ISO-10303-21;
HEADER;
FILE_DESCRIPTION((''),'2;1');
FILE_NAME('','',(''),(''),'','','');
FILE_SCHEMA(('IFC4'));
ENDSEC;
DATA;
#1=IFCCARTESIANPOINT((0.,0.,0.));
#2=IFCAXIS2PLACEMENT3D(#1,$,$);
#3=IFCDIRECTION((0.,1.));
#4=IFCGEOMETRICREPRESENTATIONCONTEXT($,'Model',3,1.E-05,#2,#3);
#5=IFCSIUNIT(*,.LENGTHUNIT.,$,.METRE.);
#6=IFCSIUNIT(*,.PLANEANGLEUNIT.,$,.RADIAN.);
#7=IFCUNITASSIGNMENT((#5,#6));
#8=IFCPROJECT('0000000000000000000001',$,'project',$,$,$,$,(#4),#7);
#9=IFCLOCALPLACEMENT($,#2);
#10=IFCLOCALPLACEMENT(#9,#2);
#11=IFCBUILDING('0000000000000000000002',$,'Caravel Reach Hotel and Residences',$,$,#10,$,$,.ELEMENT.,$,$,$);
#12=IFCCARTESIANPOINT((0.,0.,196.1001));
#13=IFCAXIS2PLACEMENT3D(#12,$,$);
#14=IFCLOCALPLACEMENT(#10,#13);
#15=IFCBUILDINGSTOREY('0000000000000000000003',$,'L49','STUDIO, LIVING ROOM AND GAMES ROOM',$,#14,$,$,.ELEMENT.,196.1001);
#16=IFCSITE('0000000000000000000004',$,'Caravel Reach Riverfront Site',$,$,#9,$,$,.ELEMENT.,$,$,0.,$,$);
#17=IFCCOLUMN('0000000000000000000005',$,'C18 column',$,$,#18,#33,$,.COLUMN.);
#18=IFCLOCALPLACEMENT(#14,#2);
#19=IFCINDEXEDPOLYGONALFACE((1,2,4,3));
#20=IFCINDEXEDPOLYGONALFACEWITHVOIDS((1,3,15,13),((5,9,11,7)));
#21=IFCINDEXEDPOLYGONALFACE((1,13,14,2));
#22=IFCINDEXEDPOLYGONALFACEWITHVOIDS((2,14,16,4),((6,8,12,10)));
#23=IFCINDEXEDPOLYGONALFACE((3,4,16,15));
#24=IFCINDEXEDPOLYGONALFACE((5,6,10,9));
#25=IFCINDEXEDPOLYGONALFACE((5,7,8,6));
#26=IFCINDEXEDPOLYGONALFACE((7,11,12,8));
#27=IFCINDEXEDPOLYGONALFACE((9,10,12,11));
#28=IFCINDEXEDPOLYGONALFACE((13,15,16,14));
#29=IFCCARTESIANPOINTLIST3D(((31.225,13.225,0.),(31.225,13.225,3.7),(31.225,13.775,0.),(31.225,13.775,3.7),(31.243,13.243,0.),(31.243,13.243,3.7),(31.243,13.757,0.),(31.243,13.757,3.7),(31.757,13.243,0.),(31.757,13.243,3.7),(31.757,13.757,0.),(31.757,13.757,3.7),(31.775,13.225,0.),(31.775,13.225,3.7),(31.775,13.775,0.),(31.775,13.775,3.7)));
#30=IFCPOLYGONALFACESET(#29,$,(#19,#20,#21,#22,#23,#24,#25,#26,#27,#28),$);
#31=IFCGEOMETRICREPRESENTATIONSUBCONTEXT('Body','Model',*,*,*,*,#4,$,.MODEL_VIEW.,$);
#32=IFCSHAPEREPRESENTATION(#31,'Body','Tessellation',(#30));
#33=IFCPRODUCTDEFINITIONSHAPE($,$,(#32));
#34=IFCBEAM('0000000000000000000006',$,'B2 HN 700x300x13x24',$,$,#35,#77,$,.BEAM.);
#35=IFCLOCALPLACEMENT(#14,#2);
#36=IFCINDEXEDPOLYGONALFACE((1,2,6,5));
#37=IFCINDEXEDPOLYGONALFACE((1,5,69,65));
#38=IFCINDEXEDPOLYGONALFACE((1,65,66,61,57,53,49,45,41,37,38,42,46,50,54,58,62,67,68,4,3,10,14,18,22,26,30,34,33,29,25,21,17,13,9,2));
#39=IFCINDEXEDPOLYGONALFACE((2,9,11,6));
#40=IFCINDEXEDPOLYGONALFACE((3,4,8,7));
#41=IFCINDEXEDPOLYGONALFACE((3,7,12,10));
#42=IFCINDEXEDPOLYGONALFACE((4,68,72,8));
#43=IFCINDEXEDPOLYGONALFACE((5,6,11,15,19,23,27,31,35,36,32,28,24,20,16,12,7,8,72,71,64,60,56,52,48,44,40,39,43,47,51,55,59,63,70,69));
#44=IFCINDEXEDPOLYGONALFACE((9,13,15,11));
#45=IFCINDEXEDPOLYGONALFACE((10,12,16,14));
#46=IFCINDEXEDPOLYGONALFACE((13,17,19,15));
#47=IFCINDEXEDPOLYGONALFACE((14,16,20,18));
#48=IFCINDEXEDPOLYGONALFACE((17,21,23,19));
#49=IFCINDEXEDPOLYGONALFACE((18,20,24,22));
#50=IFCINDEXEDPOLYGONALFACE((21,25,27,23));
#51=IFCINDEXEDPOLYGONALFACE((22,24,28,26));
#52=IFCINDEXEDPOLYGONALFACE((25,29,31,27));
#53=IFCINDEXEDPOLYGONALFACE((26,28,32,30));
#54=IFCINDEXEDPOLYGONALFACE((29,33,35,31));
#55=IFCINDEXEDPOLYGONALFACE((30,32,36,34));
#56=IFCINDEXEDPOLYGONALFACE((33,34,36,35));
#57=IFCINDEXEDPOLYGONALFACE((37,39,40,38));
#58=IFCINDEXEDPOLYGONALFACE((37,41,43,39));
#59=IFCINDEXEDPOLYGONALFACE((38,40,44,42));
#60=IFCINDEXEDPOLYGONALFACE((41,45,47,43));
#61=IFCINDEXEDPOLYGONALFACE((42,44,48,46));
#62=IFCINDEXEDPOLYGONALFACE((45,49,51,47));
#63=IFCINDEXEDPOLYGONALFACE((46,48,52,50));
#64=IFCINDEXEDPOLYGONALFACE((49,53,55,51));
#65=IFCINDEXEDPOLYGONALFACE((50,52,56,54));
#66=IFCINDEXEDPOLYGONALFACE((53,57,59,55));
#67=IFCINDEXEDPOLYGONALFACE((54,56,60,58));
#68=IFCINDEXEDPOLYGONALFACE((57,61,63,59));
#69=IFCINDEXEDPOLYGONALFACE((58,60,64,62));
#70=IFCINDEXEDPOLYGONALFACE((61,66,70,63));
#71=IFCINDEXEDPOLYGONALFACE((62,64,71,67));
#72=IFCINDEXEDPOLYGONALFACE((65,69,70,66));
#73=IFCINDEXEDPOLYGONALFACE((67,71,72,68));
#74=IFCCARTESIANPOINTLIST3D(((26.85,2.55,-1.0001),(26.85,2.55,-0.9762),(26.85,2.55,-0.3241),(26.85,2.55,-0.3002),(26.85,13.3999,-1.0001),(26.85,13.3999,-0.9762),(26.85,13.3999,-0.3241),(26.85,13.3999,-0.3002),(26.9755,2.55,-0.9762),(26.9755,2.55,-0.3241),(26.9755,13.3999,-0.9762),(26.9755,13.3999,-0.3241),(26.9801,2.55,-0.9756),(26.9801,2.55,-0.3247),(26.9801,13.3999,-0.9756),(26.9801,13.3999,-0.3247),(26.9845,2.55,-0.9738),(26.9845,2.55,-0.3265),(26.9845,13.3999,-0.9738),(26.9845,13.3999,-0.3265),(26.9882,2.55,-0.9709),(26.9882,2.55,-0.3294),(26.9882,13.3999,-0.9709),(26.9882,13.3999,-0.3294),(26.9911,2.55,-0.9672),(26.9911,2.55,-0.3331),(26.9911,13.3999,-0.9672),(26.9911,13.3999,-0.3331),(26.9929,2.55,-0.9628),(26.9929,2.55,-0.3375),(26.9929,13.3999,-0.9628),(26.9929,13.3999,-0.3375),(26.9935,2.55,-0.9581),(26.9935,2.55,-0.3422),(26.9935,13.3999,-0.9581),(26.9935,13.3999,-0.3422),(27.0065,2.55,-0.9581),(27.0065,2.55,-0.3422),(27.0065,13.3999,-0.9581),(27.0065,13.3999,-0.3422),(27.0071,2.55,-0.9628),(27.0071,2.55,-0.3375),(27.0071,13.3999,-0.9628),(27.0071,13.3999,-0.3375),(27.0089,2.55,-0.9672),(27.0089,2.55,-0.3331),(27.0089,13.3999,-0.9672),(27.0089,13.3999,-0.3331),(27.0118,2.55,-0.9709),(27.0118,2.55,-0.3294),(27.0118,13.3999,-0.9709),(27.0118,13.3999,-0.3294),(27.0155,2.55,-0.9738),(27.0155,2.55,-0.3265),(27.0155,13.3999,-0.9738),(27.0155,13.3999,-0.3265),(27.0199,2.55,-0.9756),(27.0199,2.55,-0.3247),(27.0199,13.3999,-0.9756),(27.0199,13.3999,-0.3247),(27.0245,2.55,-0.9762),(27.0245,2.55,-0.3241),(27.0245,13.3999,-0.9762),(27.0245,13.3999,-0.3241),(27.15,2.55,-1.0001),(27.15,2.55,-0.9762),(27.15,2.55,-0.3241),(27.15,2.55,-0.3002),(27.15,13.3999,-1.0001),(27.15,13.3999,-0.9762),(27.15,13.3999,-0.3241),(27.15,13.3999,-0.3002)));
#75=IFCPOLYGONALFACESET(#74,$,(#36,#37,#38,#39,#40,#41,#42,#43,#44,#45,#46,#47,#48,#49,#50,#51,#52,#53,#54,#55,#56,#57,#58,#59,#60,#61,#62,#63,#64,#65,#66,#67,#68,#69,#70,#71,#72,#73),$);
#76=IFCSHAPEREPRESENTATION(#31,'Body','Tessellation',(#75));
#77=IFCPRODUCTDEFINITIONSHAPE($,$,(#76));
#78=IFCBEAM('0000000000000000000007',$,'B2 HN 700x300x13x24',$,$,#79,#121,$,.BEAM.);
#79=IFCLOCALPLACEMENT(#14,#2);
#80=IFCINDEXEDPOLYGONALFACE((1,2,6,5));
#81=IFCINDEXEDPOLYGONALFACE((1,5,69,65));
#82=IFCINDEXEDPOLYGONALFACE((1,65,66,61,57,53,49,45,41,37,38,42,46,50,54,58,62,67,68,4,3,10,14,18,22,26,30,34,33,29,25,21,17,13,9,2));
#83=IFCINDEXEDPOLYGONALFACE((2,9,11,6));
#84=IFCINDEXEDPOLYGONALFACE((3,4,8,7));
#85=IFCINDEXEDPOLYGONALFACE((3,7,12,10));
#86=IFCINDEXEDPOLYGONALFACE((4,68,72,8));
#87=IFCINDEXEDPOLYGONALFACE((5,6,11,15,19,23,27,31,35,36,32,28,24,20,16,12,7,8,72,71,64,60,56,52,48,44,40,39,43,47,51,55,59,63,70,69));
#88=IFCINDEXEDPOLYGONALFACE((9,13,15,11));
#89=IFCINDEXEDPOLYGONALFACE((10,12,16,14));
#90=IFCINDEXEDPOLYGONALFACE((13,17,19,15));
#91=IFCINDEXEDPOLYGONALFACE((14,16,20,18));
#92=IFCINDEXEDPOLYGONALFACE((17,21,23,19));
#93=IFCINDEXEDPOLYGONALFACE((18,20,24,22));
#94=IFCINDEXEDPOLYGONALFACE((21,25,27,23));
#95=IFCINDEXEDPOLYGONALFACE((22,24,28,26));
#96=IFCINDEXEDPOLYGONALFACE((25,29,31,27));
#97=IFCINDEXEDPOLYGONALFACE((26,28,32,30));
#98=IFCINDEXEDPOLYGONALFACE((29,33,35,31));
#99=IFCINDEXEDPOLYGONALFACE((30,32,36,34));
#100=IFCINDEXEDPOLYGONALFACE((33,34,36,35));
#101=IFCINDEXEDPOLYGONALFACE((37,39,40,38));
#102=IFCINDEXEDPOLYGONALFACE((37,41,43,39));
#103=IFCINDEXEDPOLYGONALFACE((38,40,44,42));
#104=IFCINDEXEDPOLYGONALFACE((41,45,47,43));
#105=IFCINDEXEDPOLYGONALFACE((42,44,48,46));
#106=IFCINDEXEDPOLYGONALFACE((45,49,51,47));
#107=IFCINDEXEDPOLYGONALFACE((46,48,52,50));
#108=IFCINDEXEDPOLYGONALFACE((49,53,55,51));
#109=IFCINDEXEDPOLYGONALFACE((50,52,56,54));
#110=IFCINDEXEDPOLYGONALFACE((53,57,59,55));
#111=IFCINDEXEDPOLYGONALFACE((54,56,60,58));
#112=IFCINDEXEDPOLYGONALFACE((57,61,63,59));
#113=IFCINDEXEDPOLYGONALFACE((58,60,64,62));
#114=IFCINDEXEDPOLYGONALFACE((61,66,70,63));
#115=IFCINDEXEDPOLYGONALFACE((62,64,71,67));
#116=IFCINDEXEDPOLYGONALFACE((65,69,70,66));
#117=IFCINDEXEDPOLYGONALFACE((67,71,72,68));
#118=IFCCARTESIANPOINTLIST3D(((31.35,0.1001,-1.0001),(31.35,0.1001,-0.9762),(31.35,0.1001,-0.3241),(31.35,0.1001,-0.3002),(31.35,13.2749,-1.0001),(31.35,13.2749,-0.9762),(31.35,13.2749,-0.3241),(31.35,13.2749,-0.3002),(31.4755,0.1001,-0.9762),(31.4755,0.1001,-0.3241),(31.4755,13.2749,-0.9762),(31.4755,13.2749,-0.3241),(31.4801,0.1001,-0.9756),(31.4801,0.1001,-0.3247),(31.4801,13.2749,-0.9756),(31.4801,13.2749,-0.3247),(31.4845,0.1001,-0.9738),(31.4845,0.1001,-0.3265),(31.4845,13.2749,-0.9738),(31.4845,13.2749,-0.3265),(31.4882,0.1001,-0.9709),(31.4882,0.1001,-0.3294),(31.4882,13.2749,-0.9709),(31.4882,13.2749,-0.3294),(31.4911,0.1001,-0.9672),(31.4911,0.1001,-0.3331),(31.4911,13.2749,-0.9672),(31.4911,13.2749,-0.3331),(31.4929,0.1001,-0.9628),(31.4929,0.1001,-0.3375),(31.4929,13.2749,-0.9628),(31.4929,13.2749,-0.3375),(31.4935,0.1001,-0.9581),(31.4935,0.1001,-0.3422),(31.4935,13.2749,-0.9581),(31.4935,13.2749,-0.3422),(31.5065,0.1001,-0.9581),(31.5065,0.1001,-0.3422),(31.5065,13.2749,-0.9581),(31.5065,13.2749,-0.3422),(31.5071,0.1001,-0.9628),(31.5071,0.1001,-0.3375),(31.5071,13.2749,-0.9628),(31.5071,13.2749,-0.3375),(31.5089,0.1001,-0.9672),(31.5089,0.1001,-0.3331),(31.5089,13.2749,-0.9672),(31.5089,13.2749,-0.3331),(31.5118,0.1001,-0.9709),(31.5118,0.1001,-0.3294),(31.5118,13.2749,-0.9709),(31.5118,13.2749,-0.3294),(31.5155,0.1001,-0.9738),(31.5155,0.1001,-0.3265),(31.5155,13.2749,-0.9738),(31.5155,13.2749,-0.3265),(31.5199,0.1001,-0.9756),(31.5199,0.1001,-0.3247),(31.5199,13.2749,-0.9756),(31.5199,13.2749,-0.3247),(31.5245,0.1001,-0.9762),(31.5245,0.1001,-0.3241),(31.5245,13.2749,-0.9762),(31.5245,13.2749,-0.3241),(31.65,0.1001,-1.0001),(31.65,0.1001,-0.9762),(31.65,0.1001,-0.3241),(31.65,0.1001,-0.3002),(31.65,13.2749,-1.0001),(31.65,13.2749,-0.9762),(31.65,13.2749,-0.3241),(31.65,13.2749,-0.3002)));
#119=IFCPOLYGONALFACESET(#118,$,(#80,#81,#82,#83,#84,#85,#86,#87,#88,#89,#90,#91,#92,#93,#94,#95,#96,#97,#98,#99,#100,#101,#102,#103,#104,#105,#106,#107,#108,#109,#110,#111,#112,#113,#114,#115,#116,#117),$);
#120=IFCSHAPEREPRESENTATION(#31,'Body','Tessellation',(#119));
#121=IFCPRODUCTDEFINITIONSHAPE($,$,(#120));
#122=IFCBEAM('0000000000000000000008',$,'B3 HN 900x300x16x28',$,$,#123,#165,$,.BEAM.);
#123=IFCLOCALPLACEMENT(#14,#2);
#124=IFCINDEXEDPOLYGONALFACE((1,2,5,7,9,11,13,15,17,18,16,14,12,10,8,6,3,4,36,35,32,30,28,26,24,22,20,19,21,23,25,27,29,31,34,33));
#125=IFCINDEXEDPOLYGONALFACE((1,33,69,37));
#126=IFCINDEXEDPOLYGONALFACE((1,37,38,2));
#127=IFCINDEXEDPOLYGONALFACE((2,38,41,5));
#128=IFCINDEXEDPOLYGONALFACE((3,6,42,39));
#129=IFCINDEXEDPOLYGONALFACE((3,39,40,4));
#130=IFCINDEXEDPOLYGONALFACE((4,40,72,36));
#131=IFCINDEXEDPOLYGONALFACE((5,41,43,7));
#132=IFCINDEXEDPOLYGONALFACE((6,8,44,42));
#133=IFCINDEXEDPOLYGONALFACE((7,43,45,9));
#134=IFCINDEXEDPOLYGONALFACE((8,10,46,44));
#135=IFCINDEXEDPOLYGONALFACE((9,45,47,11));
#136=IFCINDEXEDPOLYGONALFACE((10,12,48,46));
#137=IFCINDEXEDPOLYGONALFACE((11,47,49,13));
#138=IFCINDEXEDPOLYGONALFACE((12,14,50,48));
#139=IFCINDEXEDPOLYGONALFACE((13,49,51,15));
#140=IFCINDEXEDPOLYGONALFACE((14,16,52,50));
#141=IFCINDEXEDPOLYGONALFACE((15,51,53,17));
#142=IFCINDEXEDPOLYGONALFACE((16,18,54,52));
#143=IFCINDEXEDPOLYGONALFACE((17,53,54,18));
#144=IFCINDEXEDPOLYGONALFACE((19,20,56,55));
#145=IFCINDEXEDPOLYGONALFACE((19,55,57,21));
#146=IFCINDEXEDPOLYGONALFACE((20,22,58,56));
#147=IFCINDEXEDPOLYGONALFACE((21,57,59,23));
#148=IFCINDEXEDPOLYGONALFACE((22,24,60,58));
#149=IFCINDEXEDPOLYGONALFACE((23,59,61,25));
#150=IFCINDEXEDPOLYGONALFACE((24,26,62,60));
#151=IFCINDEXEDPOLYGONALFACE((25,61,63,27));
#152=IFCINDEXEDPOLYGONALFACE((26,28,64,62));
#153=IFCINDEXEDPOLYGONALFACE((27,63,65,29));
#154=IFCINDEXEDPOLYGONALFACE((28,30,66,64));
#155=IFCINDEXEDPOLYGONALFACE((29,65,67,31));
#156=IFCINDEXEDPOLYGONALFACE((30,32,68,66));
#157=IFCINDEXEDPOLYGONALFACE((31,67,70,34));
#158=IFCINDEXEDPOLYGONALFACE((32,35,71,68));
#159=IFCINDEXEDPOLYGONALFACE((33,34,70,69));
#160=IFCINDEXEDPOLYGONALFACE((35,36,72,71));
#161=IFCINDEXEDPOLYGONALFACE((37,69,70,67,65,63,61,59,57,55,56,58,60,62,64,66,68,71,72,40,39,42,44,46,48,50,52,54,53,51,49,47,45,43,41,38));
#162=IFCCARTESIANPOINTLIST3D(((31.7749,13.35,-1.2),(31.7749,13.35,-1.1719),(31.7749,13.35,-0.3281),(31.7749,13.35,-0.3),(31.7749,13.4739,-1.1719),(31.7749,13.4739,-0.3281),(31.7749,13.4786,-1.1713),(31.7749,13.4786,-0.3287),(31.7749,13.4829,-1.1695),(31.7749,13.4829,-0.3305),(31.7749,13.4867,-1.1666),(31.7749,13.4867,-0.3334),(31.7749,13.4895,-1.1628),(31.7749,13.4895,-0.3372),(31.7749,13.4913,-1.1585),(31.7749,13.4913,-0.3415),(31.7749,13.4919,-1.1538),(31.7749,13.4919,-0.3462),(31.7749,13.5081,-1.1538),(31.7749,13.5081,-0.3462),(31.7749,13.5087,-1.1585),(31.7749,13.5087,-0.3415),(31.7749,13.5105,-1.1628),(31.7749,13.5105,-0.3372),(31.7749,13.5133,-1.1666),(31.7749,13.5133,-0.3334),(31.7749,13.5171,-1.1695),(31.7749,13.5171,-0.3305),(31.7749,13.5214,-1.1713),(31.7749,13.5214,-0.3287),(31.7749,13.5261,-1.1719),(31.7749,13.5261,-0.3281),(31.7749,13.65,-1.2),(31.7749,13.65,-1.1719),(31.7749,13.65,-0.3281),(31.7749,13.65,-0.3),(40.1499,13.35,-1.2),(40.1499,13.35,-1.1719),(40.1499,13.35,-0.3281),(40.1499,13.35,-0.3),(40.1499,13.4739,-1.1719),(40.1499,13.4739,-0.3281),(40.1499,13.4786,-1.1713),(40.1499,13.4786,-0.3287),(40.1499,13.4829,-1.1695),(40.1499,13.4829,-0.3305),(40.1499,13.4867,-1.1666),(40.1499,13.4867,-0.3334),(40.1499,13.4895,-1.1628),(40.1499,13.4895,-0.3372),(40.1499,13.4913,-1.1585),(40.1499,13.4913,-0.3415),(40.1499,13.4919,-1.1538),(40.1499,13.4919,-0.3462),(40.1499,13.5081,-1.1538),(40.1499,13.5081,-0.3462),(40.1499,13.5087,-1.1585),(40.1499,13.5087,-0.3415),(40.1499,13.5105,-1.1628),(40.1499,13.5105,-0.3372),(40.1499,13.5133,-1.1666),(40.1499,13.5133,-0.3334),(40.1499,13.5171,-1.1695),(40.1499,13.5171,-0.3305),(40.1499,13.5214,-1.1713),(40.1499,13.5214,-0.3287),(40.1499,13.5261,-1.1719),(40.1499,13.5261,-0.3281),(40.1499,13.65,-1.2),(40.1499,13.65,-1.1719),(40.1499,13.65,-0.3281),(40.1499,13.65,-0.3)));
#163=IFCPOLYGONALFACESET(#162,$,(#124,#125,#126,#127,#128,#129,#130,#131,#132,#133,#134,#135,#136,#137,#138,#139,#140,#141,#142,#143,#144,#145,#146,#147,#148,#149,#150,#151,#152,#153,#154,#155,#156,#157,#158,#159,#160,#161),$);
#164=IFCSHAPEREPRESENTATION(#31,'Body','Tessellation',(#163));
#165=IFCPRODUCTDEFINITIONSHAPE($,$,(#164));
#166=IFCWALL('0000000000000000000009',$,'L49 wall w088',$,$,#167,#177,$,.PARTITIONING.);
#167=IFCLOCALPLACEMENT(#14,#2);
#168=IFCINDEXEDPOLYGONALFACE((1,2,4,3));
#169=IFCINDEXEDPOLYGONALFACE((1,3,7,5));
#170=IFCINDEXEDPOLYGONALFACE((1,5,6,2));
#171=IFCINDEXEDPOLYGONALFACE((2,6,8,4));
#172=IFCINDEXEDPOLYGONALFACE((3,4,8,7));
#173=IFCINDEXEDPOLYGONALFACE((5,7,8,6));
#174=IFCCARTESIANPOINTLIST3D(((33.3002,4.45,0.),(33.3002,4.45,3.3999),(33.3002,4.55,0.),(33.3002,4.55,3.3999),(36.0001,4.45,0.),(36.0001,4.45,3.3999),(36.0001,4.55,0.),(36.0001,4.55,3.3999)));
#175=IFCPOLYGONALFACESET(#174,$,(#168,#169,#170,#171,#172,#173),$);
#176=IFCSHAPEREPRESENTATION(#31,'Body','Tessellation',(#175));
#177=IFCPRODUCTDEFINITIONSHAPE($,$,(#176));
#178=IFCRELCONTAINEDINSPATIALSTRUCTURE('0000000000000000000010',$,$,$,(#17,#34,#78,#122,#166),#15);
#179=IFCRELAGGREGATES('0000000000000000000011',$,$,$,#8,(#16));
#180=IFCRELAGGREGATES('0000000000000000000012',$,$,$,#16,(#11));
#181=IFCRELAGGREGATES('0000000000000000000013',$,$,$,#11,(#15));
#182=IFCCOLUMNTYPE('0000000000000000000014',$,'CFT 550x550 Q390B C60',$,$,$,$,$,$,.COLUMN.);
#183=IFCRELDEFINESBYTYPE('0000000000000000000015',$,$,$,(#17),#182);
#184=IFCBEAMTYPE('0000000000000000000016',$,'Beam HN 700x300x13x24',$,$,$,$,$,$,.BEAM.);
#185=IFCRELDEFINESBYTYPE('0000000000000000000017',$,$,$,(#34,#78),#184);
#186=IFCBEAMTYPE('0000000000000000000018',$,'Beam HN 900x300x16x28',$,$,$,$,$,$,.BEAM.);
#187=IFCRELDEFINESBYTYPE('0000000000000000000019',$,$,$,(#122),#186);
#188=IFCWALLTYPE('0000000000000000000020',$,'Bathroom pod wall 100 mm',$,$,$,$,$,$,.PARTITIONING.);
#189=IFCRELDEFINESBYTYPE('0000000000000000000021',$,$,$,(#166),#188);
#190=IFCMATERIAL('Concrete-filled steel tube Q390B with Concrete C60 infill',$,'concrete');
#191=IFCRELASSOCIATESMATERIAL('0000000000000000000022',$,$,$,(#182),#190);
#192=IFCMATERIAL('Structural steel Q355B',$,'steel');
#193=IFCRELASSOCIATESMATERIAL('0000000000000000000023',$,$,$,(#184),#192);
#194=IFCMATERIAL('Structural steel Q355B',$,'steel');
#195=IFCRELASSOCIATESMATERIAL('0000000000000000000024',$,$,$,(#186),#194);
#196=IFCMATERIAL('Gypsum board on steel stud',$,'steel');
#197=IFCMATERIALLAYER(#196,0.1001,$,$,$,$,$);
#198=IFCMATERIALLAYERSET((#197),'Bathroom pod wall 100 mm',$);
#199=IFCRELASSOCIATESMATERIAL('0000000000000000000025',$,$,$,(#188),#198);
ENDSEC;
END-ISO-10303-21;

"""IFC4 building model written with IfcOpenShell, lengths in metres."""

from ifc_helpers import new_model, si_unit, direction, frame, frame_2d, origin, origin_2d, place, context, subcontext, project, spatial, rectangle, hollow_rectangle, i_section, extrude, material, layer, layer_set, material_profile, profile_set, type_object, element, save


model = new_model("IFC4")

# Units and contexts
model_context = context("Model", 3, precision=1e-05, world=origin(), true_north=direction((0.0, 1.0)))
body_context = subcontext(model_context, "Body", "Model", "MODEL_VIEW")
ifc_project = project(units=[si_unit("LENGTHUNIT", "METRE"), si_unit("PLANEANGLEUNIT", "RADIAN")], contexts=[model_context])

# Site, building, storey
site_placement = place(None, origin())
site = spatial("IfcSite", under=ifc_project, at=site_placement, Name="Caravel Reach Riverfront Site", CompositionType="ELEMENT", RefElevation=0.0)
building_placement = place(site_placement, origin())
building = spatial("IfcBuilding", under=site, at=building_placement, Name="Caravel Reach Hotel and Residences", CompositionType="ELEMENT")
storey_placement = place(building_placement, frame((0.0, 0.0, 196.1001)))
storey = spatial("IfcBuildingStorey", under=building, at=storey_placement, Name="L49", Description="STUDIO, LIVING ROOM AND GAMES ROOM", CompositionType="ELEMENT", Elevation=196.1001)

# Column
ifc_material_1 = material(Name="Concrete-filled steel tube Q390B with Concrete C60 infill", Category="concrete")
ifc_material_profile_1 = material_profile(ifc_material_1, hollow_rectangle(XDim=0.55, YDim=0.55, WallThickness=0.0181, at=origin_2d()), Name="RHS 550x550x18")
ifc_profile_set_1 = profile_set([ifc_material_profile_1], Name="Concrete-filled steel tube Q390B with Concrete C60 infill")
column_type = type_object("IfcColumnType", Name="CFT 550x550 Q390B C60", PredefinedType="COLUMN", material=ifc_profile_set_1)
column_placement = place(storey_placement, frame((31.5, 13.5, 0.0), z_axis=(0.0, 0.0, 1.0), x_axis=(1.0, 0.0, 0.0)))
element("IfcColumn", 1, at=column_placement, inside=storey, type_object=column_type, Name="C18 column", PredefinedType="COLUMN", context=body_context, shape_type="SweptSolid", body=[
    extrude(hollow_rectangle(XDim=0.55, YDim=0.55, WallThickness=0.0181, at=origin_2d()), origin(), (0.0, 0.0, 1.0), 3.7),
])

# Beams
ifc_material_2 = material(Name="Structural steel Q355B", Category="steel")
ifc_material_profile_2 = material_profile(ifc_material_2, i_section(OverallWidth=0.3, OverallDepth=0.7, WebThickness=0.0129, FlangeThickness=0.0239, FilletRadius=0.0181, at=origin_2d()), Name="HN 700x300x13x24")
ifc_profile_set_2 = profile_set([ifc_material_profile_2], Name="Structural steel Q355B")
beam_type_1 = type_object("IfcBeamType", Name="Beam HN 700x300x13x24", PredefinedType="BEAM", material=ifc_profile_set_2)
beam_1_placement = place(storey_placement, frame((27.0, 13.3999, -0.6501), z_axis=(0.0, -1.0, 0.0), x_axis=(1.0, 0.0, 0.0)))
element("IfcBeam", 2, at=beam_1_placement, inside=storey, type_object=beam_type_1, Name="B2 HN 700x300x13x24", PredefinedType="BEAM", context=body_context, shape_type="SweptSolid", body=[
    extrude(i_section(OverallWidth=0.3, OverallDepth=0.7, WebThickness=0.0129, FlangeThickness=0.0239, FilletRadius=0.0181, at=origin_2d()), origin(), (0.0, 0.0, 1.0), 10.8499),
])
beam_2_placement = place(storey_placement, frame((31.5, 13.2749, -0.6501), z_axis=(0.0, -1.0, 0.0), x_axis=(1.0, 0.0, 0.0)))
element("IfcBeam", 3, at=beam_2_placement, inside=storey, type_object=beam_type_1, Name="B2 HN 700x300x13x24", PredefinedType="BEAM", context=body_context, shape_type="SweptSolid", body=[
    extrude(i_section(OverallWidth=0.3, OverallDepth=0.7, WebThickness=0.0129, FlangeThickness=0.0239, FilletRadius=0.0181, at=origin_2d()), origin(), (0.0, 0.0, 1.0), 13.1748),
])
ifc_material_3 = material(Name="Structural steel Q355B", Category="steel")
ifc_material_profile_3 = material_profile(ifc_material_3, i_section(OverallWidth=0.3, OverallDepth=0.8999, WebThickness=0.0161, FlangeThickness=0.0281, FilletRadius=0.0181, at=origin_2d()), Name="HN 900x300x16x28")
ifc_profile_set_3 = profile_set([ifc_material_profile_3], Name="Structural steel Q355B")
beam_type_2 = type_object("IfcBeamType", Name="Beam HN 900x300x16x28", PredefinedType="BEAM", material=ifc_profile_set_3)
beam_3_placement = place(storey_placement, frame((31.7749, 13.5, -0.75), z_axis=(1.0, 0.0, 0.0), x_axis=(0.0, 1.0, 0.0)))
element("IfcBeam", 4, at=beam_3_placement, inside=storey, type_object=beam_type_2, Name="B3 HN 900x300x16x28", PredefinedType="BEAM", context=body_context, shape_type="SweptSolid", body=[
    extrude(i_section(OverallWidth=0.3, OverallDepth=0.8999, WebThickness=0.0161, FlangeThickness=0.0281, FilletRadius=0.0181, at=origin_2d()), origin(), (0.0, 0.0, 1.0), 8.375),
])

# Wall
ifc_material_4 = material(Name="Gypsum board on steel stud", Category="steel")
ifc_layer_1 = layer(ifc_material_4, 0.1001)
ifc_layer_set_1 = layer_set([ifc_layer_1], Name="Bathroom pod wall 100 mm")
wall_type_1 = type_object("IfcWallType", Name="Bathroom pod wall 100 mm", PredefinedType="PARTITIONING", material=ifc_layer_set_1)
wall_1_placement = place(storey_placement, frame((33.3, 4.5, 0.0), z_axis=(0.0, 0.0, 1.0), x_axis=(1.0, 0.0, 0.0)))
element("IfcWall", 5, at=wall_1_placement, inside=storey, type_object=wall_type_1, Name="L49 wall w088", PredefinedType="PARTITIONING", context=body_context, shape_type="SweptSolid", body=[
    extrude(rectangle(XDim=2.7, YDim=0.1001, at=frame_2d((1.3501, 0.0))), origin(), (0.0, 0.0, 1.0), 3.3999),
])

save(model, "model.ifc")
